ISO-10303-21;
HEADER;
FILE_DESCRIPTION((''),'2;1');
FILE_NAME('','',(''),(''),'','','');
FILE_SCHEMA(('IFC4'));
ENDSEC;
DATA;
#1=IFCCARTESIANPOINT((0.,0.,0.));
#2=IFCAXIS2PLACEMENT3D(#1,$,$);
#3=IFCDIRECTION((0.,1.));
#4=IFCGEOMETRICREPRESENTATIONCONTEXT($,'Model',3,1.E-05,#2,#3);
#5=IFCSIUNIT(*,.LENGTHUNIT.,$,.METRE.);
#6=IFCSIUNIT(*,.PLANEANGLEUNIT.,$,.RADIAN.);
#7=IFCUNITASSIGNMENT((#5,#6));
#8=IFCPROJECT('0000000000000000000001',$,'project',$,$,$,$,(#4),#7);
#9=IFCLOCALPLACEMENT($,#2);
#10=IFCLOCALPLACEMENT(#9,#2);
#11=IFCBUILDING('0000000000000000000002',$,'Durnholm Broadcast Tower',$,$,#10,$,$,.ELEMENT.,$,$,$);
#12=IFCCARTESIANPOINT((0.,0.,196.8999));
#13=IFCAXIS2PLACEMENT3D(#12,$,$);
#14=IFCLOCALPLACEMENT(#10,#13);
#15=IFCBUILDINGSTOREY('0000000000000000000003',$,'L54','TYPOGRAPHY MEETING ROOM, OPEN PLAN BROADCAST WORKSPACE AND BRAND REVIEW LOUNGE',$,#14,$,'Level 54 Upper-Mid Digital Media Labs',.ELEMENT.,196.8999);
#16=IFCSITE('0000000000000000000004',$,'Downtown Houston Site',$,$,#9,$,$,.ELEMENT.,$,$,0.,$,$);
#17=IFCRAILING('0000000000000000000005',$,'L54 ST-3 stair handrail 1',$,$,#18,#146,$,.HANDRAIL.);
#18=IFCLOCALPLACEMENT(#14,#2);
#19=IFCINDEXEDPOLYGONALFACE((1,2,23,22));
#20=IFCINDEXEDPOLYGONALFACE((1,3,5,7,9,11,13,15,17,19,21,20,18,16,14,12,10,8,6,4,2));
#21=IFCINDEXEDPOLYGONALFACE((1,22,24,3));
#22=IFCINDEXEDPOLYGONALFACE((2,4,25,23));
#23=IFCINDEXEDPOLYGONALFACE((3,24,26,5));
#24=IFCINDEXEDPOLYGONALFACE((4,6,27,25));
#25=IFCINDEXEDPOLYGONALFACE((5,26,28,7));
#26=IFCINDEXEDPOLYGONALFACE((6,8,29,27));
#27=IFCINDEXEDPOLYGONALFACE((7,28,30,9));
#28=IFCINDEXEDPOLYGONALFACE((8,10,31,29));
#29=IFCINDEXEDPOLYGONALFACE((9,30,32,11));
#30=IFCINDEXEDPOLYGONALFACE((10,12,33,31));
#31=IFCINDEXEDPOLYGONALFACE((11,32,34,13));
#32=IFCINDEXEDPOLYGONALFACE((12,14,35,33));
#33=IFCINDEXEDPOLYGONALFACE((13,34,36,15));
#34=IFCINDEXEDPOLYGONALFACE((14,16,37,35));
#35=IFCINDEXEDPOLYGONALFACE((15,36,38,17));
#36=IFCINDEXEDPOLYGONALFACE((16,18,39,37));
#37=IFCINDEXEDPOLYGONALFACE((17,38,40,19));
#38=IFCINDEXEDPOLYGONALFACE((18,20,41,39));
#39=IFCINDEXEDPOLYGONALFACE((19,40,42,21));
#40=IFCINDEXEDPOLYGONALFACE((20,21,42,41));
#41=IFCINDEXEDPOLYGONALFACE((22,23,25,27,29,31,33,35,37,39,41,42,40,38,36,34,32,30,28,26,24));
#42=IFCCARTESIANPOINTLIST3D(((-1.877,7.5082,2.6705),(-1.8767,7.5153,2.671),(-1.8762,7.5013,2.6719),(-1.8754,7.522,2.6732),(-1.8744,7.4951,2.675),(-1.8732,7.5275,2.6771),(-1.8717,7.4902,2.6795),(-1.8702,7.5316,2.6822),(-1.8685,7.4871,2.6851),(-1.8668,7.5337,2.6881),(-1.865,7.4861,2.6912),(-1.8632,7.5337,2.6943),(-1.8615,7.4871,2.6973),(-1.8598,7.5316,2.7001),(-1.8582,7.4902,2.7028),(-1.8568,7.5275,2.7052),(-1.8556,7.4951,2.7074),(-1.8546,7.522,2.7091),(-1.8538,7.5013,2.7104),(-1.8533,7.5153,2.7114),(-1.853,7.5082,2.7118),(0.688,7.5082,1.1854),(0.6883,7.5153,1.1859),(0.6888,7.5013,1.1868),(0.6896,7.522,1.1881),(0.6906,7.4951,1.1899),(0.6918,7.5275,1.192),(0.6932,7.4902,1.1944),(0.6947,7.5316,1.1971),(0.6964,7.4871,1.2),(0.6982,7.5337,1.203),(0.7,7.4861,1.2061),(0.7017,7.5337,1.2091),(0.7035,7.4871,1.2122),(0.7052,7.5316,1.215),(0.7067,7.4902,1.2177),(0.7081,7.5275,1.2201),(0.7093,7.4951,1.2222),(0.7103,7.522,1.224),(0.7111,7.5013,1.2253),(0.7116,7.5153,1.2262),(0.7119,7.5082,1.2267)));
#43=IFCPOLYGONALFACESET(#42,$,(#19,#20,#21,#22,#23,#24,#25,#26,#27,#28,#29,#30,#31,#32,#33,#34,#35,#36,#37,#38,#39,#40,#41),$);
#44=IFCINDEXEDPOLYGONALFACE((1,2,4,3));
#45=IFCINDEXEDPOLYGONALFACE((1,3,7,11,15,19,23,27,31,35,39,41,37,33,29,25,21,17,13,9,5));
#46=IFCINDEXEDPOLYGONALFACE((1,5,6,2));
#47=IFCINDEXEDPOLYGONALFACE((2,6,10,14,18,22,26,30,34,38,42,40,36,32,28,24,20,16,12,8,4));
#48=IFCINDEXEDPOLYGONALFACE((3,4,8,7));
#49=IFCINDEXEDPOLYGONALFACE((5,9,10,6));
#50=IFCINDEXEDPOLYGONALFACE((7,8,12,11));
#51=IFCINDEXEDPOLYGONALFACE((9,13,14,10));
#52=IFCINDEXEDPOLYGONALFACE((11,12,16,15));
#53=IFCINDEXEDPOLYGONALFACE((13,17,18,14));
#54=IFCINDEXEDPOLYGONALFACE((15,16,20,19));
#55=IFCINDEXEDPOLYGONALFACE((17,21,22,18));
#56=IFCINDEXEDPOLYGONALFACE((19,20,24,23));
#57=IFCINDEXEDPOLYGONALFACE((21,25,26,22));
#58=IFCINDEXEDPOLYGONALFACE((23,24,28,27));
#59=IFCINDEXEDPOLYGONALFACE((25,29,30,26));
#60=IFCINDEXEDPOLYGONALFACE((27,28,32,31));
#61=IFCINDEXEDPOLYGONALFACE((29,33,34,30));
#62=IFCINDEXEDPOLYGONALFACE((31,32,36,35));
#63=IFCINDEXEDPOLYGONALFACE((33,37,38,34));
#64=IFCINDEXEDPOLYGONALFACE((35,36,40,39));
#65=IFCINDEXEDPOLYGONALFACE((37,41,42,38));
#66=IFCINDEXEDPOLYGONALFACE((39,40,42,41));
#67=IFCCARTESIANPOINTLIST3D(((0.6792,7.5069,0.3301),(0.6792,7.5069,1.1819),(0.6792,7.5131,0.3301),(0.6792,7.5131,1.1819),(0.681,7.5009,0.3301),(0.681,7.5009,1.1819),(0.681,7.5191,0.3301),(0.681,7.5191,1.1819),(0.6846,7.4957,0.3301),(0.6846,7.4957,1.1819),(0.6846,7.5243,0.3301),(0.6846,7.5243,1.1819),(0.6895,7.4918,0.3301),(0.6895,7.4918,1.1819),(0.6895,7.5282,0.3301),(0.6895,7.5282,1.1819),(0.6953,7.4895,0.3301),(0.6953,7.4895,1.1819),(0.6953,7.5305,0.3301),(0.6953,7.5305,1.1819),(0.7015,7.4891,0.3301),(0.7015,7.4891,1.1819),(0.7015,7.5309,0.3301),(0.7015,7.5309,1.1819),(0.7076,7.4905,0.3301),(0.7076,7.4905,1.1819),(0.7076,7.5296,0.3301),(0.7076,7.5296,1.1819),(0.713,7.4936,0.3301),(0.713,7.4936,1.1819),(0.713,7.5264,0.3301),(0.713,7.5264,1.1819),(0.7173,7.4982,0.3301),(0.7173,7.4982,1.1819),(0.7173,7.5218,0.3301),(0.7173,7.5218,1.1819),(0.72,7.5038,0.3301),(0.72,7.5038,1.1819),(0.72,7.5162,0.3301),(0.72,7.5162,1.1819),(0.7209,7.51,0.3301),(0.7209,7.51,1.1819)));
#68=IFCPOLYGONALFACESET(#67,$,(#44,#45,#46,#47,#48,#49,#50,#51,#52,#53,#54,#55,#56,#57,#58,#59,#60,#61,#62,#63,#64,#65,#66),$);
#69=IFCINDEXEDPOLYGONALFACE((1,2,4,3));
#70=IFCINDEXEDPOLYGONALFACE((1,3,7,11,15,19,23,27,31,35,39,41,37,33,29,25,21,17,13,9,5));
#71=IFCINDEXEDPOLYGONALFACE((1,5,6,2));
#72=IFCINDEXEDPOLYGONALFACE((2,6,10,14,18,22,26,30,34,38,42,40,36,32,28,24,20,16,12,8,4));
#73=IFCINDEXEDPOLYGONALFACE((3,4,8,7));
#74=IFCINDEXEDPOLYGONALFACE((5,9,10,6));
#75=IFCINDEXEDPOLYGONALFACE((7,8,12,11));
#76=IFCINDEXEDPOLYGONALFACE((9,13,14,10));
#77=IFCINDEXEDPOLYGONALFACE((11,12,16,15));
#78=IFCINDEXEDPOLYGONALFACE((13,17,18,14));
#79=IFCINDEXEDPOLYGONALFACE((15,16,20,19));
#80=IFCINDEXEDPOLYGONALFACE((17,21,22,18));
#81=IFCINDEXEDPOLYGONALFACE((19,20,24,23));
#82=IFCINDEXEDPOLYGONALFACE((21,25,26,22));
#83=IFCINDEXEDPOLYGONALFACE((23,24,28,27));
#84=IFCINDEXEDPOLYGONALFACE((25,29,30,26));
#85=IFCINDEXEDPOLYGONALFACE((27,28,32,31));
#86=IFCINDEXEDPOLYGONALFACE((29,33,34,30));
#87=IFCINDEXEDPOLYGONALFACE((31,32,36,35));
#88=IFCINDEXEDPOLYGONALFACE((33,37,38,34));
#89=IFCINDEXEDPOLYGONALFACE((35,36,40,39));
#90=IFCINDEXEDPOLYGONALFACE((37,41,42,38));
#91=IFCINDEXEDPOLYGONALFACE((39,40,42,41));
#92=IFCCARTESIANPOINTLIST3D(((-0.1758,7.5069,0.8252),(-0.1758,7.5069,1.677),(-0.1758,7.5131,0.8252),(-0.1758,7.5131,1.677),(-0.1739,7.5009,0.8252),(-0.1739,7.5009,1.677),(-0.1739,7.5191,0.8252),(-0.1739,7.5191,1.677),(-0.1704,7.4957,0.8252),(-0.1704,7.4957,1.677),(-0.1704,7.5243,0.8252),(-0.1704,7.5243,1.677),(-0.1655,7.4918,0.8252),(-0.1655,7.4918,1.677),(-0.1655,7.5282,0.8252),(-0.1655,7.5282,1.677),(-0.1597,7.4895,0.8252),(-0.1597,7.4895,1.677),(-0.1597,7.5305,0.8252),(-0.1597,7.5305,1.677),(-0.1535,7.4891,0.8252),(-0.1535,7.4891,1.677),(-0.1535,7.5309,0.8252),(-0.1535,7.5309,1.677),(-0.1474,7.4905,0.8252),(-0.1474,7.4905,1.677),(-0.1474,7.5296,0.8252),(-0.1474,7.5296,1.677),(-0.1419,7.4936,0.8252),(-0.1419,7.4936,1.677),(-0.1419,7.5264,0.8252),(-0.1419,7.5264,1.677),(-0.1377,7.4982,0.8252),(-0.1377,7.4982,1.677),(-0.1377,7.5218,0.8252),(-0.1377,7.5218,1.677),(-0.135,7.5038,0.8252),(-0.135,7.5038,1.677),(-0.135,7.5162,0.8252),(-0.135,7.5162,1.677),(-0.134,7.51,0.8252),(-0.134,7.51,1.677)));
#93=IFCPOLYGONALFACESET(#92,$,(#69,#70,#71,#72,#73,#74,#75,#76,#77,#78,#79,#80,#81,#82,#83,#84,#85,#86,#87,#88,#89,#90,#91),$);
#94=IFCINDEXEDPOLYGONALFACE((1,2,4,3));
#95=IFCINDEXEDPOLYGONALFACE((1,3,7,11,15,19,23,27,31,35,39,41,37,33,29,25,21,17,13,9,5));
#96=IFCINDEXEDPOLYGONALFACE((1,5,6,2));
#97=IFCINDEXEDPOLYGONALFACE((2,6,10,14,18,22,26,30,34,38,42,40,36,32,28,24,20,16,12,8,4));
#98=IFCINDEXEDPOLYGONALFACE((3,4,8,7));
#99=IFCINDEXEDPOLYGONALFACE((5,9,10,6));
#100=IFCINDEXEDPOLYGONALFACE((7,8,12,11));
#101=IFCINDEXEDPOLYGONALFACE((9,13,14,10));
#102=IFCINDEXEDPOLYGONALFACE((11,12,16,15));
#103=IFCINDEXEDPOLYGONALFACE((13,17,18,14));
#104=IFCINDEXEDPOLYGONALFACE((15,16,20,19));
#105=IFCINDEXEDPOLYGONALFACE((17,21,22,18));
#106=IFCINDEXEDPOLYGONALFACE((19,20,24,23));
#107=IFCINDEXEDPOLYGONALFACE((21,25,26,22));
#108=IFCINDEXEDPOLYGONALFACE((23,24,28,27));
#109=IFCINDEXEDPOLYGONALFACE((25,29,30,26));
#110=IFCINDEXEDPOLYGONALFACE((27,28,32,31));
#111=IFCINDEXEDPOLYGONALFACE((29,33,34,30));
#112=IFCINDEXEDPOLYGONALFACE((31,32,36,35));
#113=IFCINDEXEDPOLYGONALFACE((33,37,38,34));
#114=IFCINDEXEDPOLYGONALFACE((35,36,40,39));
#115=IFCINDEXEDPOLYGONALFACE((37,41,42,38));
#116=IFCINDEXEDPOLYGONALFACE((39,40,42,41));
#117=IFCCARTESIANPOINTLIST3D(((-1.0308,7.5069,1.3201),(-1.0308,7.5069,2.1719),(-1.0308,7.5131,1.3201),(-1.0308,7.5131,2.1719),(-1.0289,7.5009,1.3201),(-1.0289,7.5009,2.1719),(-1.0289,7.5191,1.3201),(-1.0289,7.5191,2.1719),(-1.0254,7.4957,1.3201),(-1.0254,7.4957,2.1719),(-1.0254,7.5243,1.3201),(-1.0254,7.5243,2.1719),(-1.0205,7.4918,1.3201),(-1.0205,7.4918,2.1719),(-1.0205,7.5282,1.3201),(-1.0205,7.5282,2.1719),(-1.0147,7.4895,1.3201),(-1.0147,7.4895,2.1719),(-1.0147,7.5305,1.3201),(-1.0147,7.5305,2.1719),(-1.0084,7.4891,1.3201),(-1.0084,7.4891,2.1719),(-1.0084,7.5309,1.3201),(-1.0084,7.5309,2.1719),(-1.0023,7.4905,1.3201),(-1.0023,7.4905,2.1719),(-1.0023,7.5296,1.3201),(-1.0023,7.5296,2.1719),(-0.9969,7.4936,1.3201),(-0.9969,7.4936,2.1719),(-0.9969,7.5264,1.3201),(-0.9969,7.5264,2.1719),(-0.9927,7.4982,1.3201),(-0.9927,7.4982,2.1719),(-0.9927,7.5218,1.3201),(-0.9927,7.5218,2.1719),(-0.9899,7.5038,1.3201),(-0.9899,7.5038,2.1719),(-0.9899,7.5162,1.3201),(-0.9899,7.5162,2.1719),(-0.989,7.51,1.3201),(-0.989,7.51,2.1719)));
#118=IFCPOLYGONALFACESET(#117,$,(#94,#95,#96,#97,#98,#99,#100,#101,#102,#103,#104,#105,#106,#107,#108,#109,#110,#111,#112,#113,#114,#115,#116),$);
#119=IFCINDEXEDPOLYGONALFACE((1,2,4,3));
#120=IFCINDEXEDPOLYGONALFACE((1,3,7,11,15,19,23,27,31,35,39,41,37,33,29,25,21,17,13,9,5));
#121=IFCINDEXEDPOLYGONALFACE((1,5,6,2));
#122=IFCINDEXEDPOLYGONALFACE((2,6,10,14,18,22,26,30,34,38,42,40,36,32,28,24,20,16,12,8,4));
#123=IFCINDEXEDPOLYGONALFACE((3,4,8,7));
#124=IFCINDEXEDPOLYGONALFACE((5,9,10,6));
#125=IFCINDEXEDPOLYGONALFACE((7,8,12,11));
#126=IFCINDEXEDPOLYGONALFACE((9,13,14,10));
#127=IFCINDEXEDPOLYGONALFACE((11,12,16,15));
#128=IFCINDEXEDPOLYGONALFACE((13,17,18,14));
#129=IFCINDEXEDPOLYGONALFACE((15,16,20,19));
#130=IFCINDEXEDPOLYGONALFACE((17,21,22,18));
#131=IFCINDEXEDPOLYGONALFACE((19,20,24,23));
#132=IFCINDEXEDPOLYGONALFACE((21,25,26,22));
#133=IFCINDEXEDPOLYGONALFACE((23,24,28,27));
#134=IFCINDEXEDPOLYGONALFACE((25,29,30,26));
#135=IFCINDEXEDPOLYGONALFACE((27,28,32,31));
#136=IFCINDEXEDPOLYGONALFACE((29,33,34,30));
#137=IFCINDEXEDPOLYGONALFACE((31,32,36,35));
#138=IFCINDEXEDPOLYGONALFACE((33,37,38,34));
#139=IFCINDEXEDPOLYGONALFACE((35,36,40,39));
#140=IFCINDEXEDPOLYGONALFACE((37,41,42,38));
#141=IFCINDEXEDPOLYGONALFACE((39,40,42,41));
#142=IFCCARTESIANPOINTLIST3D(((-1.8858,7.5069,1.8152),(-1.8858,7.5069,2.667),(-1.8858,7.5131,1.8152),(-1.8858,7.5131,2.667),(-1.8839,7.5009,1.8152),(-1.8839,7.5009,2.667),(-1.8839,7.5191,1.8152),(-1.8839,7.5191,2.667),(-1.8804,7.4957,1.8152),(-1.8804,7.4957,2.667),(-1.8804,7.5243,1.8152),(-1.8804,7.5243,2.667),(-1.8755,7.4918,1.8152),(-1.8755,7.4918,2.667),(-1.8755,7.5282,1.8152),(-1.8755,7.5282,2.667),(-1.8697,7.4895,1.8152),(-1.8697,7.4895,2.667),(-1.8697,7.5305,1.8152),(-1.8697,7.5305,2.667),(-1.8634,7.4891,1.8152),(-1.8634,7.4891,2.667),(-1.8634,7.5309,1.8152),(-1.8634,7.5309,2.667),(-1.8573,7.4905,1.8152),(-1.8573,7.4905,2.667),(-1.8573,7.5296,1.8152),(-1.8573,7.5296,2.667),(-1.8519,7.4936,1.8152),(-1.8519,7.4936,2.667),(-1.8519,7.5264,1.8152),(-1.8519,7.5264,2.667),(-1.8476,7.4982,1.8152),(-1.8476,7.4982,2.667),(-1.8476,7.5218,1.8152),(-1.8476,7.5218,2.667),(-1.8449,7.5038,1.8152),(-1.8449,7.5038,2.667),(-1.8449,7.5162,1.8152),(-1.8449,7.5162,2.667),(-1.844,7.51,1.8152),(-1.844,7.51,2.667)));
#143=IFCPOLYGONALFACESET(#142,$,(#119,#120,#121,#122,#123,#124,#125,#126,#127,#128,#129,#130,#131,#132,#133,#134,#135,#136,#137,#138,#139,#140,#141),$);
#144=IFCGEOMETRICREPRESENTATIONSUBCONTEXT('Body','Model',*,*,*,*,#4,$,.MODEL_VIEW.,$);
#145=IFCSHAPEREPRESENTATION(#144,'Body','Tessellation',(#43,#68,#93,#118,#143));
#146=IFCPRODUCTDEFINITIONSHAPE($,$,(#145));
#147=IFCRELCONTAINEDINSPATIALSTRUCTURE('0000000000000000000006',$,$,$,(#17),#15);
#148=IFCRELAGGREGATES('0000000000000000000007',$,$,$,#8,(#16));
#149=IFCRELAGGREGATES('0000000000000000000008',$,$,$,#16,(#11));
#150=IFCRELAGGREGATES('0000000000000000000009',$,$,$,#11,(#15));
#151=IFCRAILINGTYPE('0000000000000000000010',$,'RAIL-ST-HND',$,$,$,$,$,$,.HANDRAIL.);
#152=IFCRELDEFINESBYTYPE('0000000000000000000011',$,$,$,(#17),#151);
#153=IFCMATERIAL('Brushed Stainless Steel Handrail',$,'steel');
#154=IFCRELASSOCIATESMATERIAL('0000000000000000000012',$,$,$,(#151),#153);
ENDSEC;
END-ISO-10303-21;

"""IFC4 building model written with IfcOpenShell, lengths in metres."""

from ifc_helpers import new_model, si_unit, direction, frame, origin, origin_2d, place, context, subcontext, project, spatial, circle, extrude, material, type_object, element, save


model = new_model("IFC4")

# Units and contexts
model_context = context("Model", 3, precision=1e-05, world=origin(), true_north=direction((0.0, 1.0)))
body_context = subcontext(model_context, "Body", "Model", "MODEL_VIEW")
ifc_project = project(units=[si_unit("LENGTHUNIT", "METRE"), si_unit("PLANEANGLEUNIT", "RADIAN")], contexts=[model_context])

# Site, building, storey
site_placement = place(None, origin())
site = spatial("IfcSite", under=ifc_project, at=site_placement, Name="Downtown Houston Site", CompositionType="ELEMENT", RefElevation=0.0)
building_placement = place(site_placement, origin())
building = spatial("IfcBuilding", under=site, at=building_placement, Name="Durnholm Broadcast Tower", CompositionType="ELEMENT")
storey_placement = place(building_placement, frame((0.0, 0.0, 196.8999)))
storey = spatial("IfcBuildingStorey", under=building, at=storey_placement, Name="L54", Description="TYPOGRAPHY MEETING ROOM, OPEN PLAN BROADCAST WORKSPACE AND BRAND REVIEW LOUNGE", LongName="Level 54 Upper-Mid Digital Media Labs", CompositionType="ELEMENT", Elevation=196.8999)

# Railing
ifc_material_1 = material(Name="Brushed Stainless Steel Handrail", Category="steel")
railing_type_1 = type_object("IfcRailingType", Name="RAIL-ST-HND", PredefinedType="HANDRAIL", material=ifc_material_1)
railing_1_placement = place(storey_placement, frame((0.7, 7.51, 0.3301)))
element("IfcRailing", 1, at=railing_1_placement, inside=storey, type_object=railing_type_1, Name="L54 ST-3 stair handrail 1", PredefinedType="HANDRAIL", context=body_context, shape_type="SweptSolid", body=[
    extrude(circle(Radius=0.0239, at=origin_2d()), frame((0.0, 0.0, 0.876), z_axis=(-0.865406, 0.0, 0.501072), x_axis=(0.0, -1.0, 0.0)), (0.0, 0.0, 1.0), 2.9639),
    extrude(circle(Radius=0.021, at=origin_2d()), origin(), (0.0, 0.0, 1.0), 0.8518),
    extrude(circle(Radius=0.021, at=origin_2d()), frame((-0.855, 0.0, 0.4951)), (0.0, 0.0, 1.0), 0.8518),
    extrude(circle(Radius=0.021, at=origin_2d()), frame((-1.71, 0.0, 0.99)), (0.0, 0.0, 1.0), 0.8518),
    extrude(circle(Radius=0.021, at=origin_2d()), frame((-2.5649, 0.0, 1.4851)), (0.0, 0.0, 1.0), 0.8518),
])

save(model, "model.ifc")
